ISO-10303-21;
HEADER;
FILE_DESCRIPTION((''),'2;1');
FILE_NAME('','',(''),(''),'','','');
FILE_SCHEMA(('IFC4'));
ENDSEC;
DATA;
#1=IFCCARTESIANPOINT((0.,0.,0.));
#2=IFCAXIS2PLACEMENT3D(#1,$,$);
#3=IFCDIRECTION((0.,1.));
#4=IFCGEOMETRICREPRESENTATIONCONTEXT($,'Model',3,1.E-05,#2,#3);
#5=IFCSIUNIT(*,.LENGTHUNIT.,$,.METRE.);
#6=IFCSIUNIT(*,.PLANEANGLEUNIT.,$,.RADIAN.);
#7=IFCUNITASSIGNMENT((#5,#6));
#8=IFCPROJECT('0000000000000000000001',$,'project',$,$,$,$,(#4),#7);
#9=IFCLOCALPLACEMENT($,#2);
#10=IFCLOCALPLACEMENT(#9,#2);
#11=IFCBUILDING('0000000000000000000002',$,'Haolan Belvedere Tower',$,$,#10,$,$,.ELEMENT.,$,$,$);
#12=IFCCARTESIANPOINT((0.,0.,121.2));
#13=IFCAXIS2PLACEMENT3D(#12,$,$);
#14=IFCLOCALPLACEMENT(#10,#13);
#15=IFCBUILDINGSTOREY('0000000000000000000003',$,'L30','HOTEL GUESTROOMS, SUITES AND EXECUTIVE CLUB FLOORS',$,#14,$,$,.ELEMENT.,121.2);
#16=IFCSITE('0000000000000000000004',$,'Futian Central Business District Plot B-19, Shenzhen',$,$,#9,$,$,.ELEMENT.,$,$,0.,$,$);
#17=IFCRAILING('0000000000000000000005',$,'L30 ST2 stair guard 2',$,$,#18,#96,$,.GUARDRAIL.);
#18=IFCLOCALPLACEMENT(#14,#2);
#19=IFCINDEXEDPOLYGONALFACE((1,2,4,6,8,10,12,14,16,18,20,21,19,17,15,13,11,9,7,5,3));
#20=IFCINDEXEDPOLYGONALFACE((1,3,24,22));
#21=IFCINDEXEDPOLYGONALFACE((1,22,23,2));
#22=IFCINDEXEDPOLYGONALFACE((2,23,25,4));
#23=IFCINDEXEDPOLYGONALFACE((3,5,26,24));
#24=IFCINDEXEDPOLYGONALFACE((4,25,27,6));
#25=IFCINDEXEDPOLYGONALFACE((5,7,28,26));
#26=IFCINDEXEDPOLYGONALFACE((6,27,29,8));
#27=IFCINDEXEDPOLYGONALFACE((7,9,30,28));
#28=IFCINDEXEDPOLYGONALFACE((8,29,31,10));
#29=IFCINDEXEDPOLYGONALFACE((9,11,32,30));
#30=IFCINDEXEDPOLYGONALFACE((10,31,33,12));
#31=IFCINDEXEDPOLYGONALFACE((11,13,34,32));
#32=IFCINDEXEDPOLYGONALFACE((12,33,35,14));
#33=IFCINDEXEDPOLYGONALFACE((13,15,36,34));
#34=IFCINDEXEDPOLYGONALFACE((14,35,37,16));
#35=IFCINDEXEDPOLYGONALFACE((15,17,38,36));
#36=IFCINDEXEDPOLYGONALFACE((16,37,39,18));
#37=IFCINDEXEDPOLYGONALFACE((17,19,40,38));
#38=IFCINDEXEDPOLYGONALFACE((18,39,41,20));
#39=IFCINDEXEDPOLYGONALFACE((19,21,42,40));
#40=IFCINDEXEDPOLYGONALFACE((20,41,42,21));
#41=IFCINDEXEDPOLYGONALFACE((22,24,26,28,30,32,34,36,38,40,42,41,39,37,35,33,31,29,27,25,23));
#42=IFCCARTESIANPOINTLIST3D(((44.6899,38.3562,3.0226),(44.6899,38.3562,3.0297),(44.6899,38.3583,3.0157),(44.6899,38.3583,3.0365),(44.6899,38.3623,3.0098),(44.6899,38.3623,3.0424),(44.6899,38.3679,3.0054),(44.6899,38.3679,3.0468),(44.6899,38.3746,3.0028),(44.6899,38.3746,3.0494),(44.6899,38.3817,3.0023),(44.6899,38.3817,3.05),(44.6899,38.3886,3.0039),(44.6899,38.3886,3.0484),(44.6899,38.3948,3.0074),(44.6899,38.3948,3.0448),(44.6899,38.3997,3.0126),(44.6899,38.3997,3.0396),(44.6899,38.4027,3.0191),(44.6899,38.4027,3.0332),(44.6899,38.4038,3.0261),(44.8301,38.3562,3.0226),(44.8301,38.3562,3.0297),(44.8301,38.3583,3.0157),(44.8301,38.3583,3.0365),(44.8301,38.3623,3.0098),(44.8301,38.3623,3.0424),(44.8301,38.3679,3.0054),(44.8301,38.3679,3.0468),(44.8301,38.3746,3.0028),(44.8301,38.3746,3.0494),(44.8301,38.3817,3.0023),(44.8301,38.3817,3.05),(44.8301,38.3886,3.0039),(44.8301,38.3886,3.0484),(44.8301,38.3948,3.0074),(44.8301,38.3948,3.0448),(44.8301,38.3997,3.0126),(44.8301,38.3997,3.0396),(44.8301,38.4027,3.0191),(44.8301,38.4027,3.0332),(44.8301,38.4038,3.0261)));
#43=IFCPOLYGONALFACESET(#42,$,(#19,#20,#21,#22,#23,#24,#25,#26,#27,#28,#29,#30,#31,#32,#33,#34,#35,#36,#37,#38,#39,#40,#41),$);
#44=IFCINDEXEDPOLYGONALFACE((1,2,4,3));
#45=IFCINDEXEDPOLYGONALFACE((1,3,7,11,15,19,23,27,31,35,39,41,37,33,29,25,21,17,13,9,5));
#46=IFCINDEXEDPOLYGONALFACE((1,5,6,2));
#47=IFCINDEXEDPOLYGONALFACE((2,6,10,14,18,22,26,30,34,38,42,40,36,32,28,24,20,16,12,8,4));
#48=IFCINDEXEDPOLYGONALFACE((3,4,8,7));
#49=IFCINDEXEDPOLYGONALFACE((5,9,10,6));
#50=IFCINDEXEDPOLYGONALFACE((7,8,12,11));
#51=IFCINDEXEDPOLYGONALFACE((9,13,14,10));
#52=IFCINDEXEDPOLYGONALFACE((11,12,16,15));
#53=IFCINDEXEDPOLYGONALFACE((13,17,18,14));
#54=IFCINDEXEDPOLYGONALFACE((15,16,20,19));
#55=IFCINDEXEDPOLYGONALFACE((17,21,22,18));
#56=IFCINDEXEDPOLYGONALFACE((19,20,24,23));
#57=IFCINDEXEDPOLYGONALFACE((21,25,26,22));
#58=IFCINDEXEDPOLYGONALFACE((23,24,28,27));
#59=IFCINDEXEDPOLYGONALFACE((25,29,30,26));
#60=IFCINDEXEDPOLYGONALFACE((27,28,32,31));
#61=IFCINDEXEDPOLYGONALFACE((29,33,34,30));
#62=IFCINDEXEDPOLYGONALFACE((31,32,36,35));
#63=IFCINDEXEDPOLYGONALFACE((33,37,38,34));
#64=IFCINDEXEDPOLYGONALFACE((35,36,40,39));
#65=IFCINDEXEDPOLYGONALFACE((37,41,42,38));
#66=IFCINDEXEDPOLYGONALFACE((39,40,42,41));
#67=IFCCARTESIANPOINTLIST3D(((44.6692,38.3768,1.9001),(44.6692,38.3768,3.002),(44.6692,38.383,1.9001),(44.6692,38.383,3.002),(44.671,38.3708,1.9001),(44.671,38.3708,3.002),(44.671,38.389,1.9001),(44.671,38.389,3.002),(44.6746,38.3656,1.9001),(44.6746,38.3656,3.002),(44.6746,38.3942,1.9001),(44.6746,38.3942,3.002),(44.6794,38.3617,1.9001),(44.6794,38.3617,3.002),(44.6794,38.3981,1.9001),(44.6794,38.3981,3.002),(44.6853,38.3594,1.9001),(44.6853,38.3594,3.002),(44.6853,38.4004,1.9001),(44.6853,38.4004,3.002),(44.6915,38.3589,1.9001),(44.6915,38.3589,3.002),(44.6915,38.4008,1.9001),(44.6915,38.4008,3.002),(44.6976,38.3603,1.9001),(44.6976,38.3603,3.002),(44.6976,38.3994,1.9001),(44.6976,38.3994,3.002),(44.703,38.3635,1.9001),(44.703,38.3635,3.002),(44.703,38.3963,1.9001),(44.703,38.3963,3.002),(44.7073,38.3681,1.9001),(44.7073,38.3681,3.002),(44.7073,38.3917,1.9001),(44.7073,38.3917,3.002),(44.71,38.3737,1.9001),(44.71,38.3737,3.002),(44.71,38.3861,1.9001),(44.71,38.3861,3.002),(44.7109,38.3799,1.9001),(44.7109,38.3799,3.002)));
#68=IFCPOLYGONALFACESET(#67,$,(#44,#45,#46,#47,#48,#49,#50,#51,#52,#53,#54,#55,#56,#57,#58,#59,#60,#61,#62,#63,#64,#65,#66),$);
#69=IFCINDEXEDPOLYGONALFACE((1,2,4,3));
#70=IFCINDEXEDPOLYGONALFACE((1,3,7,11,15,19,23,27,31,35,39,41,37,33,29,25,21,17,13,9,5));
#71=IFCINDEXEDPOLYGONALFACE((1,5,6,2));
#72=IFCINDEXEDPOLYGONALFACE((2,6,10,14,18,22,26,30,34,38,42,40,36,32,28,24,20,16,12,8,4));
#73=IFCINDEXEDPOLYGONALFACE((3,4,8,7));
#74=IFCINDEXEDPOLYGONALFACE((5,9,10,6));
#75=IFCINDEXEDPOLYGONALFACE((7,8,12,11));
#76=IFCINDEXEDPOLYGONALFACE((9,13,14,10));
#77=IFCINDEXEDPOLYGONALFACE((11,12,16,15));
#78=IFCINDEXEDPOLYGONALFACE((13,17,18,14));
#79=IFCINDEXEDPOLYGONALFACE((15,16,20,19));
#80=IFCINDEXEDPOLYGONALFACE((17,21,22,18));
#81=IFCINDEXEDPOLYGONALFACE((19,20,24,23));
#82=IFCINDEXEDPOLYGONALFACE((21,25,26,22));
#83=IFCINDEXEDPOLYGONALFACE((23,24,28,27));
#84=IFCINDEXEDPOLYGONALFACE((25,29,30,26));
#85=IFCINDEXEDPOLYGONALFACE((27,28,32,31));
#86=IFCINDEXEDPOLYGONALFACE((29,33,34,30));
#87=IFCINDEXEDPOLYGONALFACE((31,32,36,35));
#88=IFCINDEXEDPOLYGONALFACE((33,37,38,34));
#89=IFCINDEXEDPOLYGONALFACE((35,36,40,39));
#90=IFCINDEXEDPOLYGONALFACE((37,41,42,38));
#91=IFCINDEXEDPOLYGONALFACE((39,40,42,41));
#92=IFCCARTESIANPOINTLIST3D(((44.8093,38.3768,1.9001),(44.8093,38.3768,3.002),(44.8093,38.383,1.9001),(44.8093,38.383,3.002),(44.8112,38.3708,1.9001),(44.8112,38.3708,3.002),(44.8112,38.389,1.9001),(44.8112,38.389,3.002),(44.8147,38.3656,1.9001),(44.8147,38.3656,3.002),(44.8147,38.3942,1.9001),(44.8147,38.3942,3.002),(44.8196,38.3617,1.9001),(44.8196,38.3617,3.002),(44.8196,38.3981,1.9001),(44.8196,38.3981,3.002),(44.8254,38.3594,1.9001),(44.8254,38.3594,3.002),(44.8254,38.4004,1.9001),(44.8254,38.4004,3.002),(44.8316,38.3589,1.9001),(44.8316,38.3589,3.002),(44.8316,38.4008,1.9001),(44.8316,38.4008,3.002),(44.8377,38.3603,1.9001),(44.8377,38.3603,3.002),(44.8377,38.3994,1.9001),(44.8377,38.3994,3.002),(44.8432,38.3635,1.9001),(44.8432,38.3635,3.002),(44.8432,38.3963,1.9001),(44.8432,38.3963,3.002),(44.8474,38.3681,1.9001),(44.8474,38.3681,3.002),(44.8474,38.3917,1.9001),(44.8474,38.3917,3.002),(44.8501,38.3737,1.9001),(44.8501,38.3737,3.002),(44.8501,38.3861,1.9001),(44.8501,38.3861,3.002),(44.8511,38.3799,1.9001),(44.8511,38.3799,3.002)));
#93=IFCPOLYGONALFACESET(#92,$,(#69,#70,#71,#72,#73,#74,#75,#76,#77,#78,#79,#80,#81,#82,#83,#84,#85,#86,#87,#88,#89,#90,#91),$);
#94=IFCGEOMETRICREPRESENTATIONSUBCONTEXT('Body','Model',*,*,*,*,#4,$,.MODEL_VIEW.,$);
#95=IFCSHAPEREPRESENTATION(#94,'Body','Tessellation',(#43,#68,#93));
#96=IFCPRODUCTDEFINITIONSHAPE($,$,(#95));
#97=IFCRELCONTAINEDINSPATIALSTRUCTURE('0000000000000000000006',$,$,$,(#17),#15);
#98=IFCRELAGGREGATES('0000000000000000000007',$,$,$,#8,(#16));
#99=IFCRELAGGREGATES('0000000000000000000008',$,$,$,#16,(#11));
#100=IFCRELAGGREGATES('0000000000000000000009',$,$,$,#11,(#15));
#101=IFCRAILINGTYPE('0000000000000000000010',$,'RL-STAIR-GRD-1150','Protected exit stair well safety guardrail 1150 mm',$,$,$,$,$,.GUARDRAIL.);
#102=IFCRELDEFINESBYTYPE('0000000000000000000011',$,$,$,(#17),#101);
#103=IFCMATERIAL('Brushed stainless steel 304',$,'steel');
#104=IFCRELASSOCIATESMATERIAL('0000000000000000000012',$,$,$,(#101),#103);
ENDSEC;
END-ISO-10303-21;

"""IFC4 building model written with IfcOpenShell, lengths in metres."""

from ifc_helpers import new_model, si_unit, direction, frame, origin, origin_2d, place, context, subcontext, project, spatial, circle, extrude, material, type_object, element, save


model = new_model("IFC4")

# Units and contexts
model_context = context("Model", 3, precision=1e-05, world=origin(), true_north=direction((0.0, 1.0)))
body_context = subcontext(model_context, "Body", "Model", "MODEL_VIEW")
ifc_project = project(units=[si_unit("LENGTHUNIT", "METRE"), si_unit("PLANEANGLEUNIT", "RADIAN")], contexts=[model_context])

# Site, building, storey
site_placement = place(None, origin())
site = spatial("IfcSite", under=ifc_project, at=site_placement, Name="Futian Central Business District Plot B-19, Shenzhen", CompositionType="ELEMENT", RefElevation=0.0)
building_placement = place(site_placement, origin())
building = spatial("IfcBuilding", under=site, at=building_placement, Name="Haolan Belvedere Tower", CompositionType="ELEMENT")
storey_placement = place(building_placement, frame((0.0, 0.0, 121.2)))
storey = spatial("IfcBuildingStorey", under=building, at=storey_placement, Name="L30", Description="HOTEL GUESTROOMS, SUITES AND EXECUTIVE CLUB FLOORS", CompositionType="ELEMENT", Elevation=121.2)

# Railing
ifc_material_1 = material(Name="Brushed stainless steel 304", Category="steel")
railing_type_1 = type_object("IfcRailingType", Name="RL-STAIR-GRD-1150", Description="Protected exit stair well safety guardrail 1150 mm", PredefinedType="GUARDRAIL", material=ifc_material_1)
railing_1_placement = place(storey_placement, frame((44.6899, 38.3799, 1.9001)))
element("IfcRailing", 1, at=railing_1_placement, inside=storey, type_object=railing_type_1, Name="L30 ST2 stair guard 2", PredefinedType="GUARDRAIL", context=body_context, shape_type="SweptSolid", body=[
    extrude(circle(Radius=0.0239, at=origin_2d()), frame((0.0, 0.0, 1.126), z_axis=(1.0, 0.0, 0.0), x_axis=(0.0, 1.0, 0.0)), (0.0, 0.0, 1.0), 0.1401),
    extrude(circle(Radius=0.021, at=origin_2d()), origin(), (0.0, 0.0, 1.0), 1.1018),
    extrude(circle(Radius=0.021, at=origin_2d()), frame((0.1401, 0.0, 0.0)), (0.0, 0.0, 1.0), 1.1018),
])

save(model, "model.ifc")
